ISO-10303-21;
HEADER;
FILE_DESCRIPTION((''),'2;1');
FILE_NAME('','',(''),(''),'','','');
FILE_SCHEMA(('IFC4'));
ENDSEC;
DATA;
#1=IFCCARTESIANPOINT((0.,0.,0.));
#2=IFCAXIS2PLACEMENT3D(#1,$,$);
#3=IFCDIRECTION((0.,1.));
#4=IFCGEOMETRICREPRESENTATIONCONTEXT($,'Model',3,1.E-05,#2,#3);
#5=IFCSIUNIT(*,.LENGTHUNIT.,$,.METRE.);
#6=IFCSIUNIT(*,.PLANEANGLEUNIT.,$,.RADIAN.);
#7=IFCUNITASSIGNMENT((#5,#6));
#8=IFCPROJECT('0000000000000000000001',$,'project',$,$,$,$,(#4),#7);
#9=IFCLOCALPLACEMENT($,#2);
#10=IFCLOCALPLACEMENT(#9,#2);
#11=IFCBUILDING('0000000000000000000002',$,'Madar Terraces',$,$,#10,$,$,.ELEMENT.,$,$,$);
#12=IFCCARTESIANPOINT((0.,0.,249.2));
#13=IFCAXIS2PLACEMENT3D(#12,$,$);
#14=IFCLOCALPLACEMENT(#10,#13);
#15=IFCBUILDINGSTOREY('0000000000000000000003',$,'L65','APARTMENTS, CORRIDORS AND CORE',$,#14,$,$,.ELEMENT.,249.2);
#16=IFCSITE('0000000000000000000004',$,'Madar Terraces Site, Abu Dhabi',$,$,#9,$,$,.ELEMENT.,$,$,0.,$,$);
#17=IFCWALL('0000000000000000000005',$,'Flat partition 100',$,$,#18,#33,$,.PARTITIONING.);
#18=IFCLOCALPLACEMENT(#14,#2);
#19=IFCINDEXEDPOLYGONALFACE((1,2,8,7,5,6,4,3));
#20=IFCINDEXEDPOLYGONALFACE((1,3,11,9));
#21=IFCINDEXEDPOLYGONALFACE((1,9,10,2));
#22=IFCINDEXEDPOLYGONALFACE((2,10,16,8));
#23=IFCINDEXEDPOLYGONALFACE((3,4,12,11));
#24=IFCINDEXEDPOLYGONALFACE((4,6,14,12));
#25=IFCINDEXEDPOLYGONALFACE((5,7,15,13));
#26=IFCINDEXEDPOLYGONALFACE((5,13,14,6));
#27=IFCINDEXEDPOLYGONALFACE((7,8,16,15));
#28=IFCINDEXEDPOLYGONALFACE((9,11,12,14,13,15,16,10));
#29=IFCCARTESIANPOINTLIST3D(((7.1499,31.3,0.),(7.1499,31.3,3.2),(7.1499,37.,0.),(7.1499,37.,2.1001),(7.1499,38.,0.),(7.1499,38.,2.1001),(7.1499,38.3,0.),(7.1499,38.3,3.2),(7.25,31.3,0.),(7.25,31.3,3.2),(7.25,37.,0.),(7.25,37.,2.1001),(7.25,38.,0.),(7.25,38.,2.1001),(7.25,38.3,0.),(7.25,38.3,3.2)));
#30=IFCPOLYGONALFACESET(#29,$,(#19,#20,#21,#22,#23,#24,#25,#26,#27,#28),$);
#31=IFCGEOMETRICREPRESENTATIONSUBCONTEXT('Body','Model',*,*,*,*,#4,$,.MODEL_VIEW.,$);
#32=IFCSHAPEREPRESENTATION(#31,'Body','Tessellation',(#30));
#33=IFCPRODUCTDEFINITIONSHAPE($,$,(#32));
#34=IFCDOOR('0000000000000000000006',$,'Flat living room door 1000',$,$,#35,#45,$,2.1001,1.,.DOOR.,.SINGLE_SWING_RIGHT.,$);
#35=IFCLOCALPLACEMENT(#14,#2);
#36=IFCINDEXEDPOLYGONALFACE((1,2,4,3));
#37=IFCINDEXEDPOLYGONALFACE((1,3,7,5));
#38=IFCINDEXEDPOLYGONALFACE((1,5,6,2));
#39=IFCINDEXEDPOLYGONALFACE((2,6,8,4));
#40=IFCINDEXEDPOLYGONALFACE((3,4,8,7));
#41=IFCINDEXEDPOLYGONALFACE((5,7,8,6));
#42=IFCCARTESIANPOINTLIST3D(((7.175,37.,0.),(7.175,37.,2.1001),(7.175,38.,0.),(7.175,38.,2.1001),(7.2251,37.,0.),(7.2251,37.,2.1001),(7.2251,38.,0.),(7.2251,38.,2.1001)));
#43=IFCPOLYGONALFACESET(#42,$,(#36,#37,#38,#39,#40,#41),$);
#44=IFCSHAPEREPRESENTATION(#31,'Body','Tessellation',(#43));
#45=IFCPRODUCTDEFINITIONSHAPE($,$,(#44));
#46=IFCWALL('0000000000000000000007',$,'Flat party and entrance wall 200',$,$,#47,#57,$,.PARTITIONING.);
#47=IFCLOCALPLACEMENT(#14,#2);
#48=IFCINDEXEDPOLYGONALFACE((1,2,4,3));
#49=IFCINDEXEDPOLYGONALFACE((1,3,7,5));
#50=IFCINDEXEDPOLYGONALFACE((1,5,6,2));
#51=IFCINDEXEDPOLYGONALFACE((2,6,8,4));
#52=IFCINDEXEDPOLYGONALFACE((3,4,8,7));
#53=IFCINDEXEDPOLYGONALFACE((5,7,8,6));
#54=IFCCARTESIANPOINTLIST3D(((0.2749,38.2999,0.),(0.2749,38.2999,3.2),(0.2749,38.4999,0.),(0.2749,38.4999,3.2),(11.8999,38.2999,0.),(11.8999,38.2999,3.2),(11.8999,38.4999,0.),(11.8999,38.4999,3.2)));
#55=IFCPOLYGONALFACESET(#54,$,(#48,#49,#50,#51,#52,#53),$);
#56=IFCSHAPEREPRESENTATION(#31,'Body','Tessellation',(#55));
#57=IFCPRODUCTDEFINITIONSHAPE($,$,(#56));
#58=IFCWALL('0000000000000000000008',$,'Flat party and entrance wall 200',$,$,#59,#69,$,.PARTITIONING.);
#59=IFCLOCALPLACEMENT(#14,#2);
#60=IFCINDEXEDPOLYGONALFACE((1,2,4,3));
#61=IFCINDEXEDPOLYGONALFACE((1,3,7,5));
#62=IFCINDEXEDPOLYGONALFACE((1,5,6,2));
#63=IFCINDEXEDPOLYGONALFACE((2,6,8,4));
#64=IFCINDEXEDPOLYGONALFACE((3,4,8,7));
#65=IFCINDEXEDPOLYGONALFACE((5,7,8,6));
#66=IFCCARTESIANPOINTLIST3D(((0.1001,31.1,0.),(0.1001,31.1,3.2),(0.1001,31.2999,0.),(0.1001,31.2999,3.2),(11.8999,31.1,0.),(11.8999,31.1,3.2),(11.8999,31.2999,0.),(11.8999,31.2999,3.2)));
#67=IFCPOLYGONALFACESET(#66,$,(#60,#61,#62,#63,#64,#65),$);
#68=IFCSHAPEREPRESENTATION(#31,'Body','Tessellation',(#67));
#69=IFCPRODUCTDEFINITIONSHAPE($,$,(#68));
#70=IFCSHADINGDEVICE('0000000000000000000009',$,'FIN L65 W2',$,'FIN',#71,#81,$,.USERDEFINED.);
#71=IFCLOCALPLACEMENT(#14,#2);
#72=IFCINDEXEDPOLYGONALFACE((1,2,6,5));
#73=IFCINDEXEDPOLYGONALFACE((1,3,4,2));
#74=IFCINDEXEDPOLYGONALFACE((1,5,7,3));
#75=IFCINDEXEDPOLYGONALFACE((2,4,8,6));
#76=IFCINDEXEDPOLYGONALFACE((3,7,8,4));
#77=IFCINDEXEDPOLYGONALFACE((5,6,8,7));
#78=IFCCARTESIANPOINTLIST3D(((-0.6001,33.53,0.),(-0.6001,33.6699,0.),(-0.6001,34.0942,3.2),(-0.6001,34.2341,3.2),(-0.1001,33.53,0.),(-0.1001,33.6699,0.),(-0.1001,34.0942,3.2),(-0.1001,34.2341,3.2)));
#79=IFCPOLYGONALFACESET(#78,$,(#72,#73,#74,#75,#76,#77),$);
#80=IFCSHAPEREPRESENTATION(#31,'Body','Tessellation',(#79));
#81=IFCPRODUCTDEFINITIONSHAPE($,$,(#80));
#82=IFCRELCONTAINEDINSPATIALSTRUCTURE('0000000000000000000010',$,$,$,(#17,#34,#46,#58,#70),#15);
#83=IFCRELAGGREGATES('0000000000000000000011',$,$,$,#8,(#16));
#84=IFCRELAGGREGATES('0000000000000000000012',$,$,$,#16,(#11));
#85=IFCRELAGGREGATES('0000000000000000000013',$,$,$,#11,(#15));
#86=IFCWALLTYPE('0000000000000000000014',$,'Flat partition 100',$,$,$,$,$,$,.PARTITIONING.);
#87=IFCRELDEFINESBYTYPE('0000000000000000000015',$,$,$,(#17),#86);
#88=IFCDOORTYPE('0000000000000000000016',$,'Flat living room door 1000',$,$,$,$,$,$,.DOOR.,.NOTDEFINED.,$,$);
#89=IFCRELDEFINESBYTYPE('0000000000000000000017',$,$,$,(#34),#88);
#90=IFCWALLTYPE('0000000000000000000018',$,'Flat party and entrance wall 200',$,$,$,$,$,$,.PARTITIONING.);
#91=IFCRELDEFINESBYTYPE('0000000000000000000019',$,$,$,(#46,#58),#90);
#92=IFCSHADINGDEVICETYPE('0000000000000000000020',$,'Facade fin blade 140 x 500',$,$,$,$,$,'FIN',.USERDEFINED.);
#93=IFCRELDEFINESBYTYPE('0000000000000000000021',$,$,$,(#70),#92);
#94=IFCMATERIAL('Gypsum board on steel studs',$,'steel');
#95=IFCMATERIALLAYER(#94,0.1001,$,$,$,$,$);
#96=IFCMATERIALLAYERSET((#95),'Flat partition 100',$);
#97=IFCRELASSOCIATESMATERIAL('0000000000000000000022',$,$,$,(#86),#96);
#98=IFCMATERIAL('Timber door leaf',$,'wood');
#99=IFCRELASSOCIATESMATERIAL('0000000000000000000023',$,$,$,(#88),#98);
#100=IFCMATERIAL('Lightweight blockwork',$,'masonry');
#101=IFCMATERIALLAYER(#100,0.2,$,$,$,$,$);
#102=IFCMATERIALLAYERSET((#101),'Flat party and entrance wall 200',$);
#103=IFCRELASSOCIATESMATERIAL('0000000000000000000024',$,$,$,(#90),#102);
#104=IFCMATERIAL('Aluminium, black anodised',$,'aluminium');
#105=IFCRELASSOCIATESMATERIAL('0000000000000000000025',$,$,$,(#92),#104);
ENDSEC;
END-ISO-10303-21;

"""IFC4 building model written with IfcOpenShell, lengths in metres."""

from ifc_helpers import new_model, si_unit, direction, frame, frame_2d, origin, place, context, subcontext, project, spatial, polyline, rectangle, outline, extrude, material, layer, layer_set, type_object, element, fill, save


model = new_model("IFC4")

# Units and contexts
model_context = context("Model", 3, precision=1e-05, world=origin(), true_north=direction((0.0, 1.0)))
body_context = subcontext(model_context, "Body", "Model", "MODEL_VIEW")
ifc_project = project(units=[si_unit("LENGTHUNIT", "METRE"), si_unit("PLANEANGLEUNIT", "RADIAN")], contexts=[model_context])

# Site, building, storey
site_placement = place(None, origin())
site = spatial("IfcSite", under=ifc_project, at=site_placement, Name="Madar Terraces Site, Abu Dhabi", CompositionType="ELEMENT", RefElevation=0.0)
building_placement = place(site_placement, origin())
building = spatial("IfcBuilding", under=site, at=building_placement, Name="Madar Terraces", CompositionType="ELEMENT")
storey_placement = place(building_placement, frame((0.0, 0.0, 249.2)))
storey = spatial("IfcBuildingStorey", under=building, at=storey_placement, Name="L65", Description="APARTMENTS, CORRIDORS AND CORE", CompositionType="ELEMENT", Elevation=249.2)

# Shared definitions
ifc_material_1 = material(Name="Gypsum board on steel studs", Category="steel")
ifc_layer_1 = layer(ifc_material_1, 0.1001)
ifc_layer_set_1 = layer_set([ifc_layer_1], Name="Flat partition 100")
wall_type_1 = type_object("IfcWallType", Name="Flat partition 100", PredefinedType="PARTITIONING", material=ifc_layer_set_1)
ifc_material_2 = material(Name="Timber door leaf", Category="wood")
door_type_1 = type_object("IfcDoorType", Name="Flat living room door 1000", OperationType="NOTDEFINED", PredefinedType="DOOR", material=ifc_material_2)

# Wall, opening, door
wall_1_placement = place(storey_placement, frame((7.2, 31.3, 0.0), z_axis=(0.0, 0.0, 1.0), x_axis=(0.0, 1.0, 0.0)))
wall_1 = element("IfcWall", 1, at=wall_1_placement, inside=storey, type_object=wall_type_1, Name="Flat partition 100", PredefinedType="PARTITIONING", context=body_context, shape_type="SweptSolid", body=[
    extrude(rectangle(XDim=7.0, YDim=0.1001, at=frame_2d((3.5, 0.0))), origin(), (0.0, 0.0, 1.0), 3.2),
])
opening_1_placement = place(wall_1_placement, frame((5.7, 0.0, 0.0)))
opening_1 = element("IfcOpeningElement", 2, at=opening_1_placement, cuts=wall_1, PredefinedType="OPENING", context=body_context, shape_type="SweptSolid", body=[
    extrude(rectangle(XDim=1.0, YDim=2.1001, at=frame_2d((0.5, 1.05))), frame((0.0, 0.0601, 0.0), z_axis=(0.0, -1.0, 0.0), x_axis=(1.0, 0.0, 0.0)), (0.0, 0.0, 1.0), 0.1201),
])
door_1_placement = place(opening_1_placement, origin())
door_1 = element("IfcDoor", 3, at=door_1_placement, inside=storey, type_object=door_type_1, Name="Flat living room door 1000", OperationType="SINGLE_SWING_RIGHT", OverallHeight=2.1001, OverallWidth=1.0, PredefinedType="DOOR", context=body_context, shape_type="SweptSolid", body=[
    extrude(rectangle(XDim=1.0, YDim=2.1001, at=frame_2d((0.5, 1.05))), frame((0.0, 0.0249, 0.0), z_axis=(0.0, -1.0, 0.0), x_axis=(1.0, 0.0, 0.0)), (0.0, 0.0, 1.0), 0.05),
])
fill(opening_1, door_1)

# Walls
ifc_material_3 = material(Name="Lightweight blockwork", Category="masonry")
ifc_layer_2 = layer(ifc_material_3, 0.2)
ifc_layer_set_2 = layer_set([ifc_layer_2], Name="Flat party and entrance wall 200")
wall_type_2 = type_object("IfcWallType", Name="Flat party and entrance wall 200", PredefinedType="PARTITIONING", material=ifc_layer_set_2)
wall_2_placement = place(storey_placement, frame((0.2749, 38.3999, 0.0), z_axis=(0.0, 0.0, 1.0), x_axis=(1.0, 0.0, 0.0)))
element("IfcWall", 4, at=wall_2_placement, inside=storey, type_object=wall_type_2, Name="Flat party and entrance wall 200", PredefinedType="PARTITIONING", context=body_context, shape_type="SweptSolid", body=[
    extrude(rectangle(XDim=11.625, YDim=0.2, at=frame_2d((5.8125, 0.0))), origin(), (0.0, 0.0, 1.0), 3.2),
])
wall_3_placement = place(storey_placement, frame((0.1001, 31.2, 0.0), z_axis=(0.0, 0.0, 1.0), x_axis=(1.0, 0.0, 0.0)))
element("IfcWall", 5, at=wall_3_placement, inside=storey, type_object=wall_type_2, Name="Flat party and entrance wall 200", PredefinedType="PARTITIONING", context=body_context, shape_type="SweptSolid", body=[
    extrude(rectangle(XDim=11.7998, YDim=0.2, at=frame_2d((5.8999, 0.0))), origin(), (0.0, 0.0, 1.0), 3.2),
])

# Shading device
ifc_material_4 = material(Name="Aluminium, black anodised", Category="aluminium")
shading_device_type = type_object("IfcShadingDeviceType", Name="Facade fin blade 140 x 500", ElementType="FIN", PredefinedType="USERDEFINED", material=ifc_material_4)
shading_device_placement = place(storey_placement, frame((-0.3501, 33.6699, 0.0), z_axis=(0.0, 0.0, 1.0), x_axis=(0.0, -1.0, 0.0)))
element("IfcShadingDevice", 6, at=shading_device_placement, inside=storey, type_object=shading_device_type, Name="FIN L65 W2", ObjectType="FIN", PredefinedType="USERDEFINED", context=body_context, shape_type="SweptSolid", body=[
    extrude(outline(polyline([(0.0, 0.0), (0.1399, 0.0), (-0.4243, 3.2), (-0.5642, 3.2), (0.0, 0.0)])), frame((0.0, 0.25, 0.0), z_axis=(0.0, -1.0, 0.0), x_axis=(1.0, 0.0, 0.0)), (0.0, 0.0, 1.0), 0.5),
])

save(model, "model.ifc")
